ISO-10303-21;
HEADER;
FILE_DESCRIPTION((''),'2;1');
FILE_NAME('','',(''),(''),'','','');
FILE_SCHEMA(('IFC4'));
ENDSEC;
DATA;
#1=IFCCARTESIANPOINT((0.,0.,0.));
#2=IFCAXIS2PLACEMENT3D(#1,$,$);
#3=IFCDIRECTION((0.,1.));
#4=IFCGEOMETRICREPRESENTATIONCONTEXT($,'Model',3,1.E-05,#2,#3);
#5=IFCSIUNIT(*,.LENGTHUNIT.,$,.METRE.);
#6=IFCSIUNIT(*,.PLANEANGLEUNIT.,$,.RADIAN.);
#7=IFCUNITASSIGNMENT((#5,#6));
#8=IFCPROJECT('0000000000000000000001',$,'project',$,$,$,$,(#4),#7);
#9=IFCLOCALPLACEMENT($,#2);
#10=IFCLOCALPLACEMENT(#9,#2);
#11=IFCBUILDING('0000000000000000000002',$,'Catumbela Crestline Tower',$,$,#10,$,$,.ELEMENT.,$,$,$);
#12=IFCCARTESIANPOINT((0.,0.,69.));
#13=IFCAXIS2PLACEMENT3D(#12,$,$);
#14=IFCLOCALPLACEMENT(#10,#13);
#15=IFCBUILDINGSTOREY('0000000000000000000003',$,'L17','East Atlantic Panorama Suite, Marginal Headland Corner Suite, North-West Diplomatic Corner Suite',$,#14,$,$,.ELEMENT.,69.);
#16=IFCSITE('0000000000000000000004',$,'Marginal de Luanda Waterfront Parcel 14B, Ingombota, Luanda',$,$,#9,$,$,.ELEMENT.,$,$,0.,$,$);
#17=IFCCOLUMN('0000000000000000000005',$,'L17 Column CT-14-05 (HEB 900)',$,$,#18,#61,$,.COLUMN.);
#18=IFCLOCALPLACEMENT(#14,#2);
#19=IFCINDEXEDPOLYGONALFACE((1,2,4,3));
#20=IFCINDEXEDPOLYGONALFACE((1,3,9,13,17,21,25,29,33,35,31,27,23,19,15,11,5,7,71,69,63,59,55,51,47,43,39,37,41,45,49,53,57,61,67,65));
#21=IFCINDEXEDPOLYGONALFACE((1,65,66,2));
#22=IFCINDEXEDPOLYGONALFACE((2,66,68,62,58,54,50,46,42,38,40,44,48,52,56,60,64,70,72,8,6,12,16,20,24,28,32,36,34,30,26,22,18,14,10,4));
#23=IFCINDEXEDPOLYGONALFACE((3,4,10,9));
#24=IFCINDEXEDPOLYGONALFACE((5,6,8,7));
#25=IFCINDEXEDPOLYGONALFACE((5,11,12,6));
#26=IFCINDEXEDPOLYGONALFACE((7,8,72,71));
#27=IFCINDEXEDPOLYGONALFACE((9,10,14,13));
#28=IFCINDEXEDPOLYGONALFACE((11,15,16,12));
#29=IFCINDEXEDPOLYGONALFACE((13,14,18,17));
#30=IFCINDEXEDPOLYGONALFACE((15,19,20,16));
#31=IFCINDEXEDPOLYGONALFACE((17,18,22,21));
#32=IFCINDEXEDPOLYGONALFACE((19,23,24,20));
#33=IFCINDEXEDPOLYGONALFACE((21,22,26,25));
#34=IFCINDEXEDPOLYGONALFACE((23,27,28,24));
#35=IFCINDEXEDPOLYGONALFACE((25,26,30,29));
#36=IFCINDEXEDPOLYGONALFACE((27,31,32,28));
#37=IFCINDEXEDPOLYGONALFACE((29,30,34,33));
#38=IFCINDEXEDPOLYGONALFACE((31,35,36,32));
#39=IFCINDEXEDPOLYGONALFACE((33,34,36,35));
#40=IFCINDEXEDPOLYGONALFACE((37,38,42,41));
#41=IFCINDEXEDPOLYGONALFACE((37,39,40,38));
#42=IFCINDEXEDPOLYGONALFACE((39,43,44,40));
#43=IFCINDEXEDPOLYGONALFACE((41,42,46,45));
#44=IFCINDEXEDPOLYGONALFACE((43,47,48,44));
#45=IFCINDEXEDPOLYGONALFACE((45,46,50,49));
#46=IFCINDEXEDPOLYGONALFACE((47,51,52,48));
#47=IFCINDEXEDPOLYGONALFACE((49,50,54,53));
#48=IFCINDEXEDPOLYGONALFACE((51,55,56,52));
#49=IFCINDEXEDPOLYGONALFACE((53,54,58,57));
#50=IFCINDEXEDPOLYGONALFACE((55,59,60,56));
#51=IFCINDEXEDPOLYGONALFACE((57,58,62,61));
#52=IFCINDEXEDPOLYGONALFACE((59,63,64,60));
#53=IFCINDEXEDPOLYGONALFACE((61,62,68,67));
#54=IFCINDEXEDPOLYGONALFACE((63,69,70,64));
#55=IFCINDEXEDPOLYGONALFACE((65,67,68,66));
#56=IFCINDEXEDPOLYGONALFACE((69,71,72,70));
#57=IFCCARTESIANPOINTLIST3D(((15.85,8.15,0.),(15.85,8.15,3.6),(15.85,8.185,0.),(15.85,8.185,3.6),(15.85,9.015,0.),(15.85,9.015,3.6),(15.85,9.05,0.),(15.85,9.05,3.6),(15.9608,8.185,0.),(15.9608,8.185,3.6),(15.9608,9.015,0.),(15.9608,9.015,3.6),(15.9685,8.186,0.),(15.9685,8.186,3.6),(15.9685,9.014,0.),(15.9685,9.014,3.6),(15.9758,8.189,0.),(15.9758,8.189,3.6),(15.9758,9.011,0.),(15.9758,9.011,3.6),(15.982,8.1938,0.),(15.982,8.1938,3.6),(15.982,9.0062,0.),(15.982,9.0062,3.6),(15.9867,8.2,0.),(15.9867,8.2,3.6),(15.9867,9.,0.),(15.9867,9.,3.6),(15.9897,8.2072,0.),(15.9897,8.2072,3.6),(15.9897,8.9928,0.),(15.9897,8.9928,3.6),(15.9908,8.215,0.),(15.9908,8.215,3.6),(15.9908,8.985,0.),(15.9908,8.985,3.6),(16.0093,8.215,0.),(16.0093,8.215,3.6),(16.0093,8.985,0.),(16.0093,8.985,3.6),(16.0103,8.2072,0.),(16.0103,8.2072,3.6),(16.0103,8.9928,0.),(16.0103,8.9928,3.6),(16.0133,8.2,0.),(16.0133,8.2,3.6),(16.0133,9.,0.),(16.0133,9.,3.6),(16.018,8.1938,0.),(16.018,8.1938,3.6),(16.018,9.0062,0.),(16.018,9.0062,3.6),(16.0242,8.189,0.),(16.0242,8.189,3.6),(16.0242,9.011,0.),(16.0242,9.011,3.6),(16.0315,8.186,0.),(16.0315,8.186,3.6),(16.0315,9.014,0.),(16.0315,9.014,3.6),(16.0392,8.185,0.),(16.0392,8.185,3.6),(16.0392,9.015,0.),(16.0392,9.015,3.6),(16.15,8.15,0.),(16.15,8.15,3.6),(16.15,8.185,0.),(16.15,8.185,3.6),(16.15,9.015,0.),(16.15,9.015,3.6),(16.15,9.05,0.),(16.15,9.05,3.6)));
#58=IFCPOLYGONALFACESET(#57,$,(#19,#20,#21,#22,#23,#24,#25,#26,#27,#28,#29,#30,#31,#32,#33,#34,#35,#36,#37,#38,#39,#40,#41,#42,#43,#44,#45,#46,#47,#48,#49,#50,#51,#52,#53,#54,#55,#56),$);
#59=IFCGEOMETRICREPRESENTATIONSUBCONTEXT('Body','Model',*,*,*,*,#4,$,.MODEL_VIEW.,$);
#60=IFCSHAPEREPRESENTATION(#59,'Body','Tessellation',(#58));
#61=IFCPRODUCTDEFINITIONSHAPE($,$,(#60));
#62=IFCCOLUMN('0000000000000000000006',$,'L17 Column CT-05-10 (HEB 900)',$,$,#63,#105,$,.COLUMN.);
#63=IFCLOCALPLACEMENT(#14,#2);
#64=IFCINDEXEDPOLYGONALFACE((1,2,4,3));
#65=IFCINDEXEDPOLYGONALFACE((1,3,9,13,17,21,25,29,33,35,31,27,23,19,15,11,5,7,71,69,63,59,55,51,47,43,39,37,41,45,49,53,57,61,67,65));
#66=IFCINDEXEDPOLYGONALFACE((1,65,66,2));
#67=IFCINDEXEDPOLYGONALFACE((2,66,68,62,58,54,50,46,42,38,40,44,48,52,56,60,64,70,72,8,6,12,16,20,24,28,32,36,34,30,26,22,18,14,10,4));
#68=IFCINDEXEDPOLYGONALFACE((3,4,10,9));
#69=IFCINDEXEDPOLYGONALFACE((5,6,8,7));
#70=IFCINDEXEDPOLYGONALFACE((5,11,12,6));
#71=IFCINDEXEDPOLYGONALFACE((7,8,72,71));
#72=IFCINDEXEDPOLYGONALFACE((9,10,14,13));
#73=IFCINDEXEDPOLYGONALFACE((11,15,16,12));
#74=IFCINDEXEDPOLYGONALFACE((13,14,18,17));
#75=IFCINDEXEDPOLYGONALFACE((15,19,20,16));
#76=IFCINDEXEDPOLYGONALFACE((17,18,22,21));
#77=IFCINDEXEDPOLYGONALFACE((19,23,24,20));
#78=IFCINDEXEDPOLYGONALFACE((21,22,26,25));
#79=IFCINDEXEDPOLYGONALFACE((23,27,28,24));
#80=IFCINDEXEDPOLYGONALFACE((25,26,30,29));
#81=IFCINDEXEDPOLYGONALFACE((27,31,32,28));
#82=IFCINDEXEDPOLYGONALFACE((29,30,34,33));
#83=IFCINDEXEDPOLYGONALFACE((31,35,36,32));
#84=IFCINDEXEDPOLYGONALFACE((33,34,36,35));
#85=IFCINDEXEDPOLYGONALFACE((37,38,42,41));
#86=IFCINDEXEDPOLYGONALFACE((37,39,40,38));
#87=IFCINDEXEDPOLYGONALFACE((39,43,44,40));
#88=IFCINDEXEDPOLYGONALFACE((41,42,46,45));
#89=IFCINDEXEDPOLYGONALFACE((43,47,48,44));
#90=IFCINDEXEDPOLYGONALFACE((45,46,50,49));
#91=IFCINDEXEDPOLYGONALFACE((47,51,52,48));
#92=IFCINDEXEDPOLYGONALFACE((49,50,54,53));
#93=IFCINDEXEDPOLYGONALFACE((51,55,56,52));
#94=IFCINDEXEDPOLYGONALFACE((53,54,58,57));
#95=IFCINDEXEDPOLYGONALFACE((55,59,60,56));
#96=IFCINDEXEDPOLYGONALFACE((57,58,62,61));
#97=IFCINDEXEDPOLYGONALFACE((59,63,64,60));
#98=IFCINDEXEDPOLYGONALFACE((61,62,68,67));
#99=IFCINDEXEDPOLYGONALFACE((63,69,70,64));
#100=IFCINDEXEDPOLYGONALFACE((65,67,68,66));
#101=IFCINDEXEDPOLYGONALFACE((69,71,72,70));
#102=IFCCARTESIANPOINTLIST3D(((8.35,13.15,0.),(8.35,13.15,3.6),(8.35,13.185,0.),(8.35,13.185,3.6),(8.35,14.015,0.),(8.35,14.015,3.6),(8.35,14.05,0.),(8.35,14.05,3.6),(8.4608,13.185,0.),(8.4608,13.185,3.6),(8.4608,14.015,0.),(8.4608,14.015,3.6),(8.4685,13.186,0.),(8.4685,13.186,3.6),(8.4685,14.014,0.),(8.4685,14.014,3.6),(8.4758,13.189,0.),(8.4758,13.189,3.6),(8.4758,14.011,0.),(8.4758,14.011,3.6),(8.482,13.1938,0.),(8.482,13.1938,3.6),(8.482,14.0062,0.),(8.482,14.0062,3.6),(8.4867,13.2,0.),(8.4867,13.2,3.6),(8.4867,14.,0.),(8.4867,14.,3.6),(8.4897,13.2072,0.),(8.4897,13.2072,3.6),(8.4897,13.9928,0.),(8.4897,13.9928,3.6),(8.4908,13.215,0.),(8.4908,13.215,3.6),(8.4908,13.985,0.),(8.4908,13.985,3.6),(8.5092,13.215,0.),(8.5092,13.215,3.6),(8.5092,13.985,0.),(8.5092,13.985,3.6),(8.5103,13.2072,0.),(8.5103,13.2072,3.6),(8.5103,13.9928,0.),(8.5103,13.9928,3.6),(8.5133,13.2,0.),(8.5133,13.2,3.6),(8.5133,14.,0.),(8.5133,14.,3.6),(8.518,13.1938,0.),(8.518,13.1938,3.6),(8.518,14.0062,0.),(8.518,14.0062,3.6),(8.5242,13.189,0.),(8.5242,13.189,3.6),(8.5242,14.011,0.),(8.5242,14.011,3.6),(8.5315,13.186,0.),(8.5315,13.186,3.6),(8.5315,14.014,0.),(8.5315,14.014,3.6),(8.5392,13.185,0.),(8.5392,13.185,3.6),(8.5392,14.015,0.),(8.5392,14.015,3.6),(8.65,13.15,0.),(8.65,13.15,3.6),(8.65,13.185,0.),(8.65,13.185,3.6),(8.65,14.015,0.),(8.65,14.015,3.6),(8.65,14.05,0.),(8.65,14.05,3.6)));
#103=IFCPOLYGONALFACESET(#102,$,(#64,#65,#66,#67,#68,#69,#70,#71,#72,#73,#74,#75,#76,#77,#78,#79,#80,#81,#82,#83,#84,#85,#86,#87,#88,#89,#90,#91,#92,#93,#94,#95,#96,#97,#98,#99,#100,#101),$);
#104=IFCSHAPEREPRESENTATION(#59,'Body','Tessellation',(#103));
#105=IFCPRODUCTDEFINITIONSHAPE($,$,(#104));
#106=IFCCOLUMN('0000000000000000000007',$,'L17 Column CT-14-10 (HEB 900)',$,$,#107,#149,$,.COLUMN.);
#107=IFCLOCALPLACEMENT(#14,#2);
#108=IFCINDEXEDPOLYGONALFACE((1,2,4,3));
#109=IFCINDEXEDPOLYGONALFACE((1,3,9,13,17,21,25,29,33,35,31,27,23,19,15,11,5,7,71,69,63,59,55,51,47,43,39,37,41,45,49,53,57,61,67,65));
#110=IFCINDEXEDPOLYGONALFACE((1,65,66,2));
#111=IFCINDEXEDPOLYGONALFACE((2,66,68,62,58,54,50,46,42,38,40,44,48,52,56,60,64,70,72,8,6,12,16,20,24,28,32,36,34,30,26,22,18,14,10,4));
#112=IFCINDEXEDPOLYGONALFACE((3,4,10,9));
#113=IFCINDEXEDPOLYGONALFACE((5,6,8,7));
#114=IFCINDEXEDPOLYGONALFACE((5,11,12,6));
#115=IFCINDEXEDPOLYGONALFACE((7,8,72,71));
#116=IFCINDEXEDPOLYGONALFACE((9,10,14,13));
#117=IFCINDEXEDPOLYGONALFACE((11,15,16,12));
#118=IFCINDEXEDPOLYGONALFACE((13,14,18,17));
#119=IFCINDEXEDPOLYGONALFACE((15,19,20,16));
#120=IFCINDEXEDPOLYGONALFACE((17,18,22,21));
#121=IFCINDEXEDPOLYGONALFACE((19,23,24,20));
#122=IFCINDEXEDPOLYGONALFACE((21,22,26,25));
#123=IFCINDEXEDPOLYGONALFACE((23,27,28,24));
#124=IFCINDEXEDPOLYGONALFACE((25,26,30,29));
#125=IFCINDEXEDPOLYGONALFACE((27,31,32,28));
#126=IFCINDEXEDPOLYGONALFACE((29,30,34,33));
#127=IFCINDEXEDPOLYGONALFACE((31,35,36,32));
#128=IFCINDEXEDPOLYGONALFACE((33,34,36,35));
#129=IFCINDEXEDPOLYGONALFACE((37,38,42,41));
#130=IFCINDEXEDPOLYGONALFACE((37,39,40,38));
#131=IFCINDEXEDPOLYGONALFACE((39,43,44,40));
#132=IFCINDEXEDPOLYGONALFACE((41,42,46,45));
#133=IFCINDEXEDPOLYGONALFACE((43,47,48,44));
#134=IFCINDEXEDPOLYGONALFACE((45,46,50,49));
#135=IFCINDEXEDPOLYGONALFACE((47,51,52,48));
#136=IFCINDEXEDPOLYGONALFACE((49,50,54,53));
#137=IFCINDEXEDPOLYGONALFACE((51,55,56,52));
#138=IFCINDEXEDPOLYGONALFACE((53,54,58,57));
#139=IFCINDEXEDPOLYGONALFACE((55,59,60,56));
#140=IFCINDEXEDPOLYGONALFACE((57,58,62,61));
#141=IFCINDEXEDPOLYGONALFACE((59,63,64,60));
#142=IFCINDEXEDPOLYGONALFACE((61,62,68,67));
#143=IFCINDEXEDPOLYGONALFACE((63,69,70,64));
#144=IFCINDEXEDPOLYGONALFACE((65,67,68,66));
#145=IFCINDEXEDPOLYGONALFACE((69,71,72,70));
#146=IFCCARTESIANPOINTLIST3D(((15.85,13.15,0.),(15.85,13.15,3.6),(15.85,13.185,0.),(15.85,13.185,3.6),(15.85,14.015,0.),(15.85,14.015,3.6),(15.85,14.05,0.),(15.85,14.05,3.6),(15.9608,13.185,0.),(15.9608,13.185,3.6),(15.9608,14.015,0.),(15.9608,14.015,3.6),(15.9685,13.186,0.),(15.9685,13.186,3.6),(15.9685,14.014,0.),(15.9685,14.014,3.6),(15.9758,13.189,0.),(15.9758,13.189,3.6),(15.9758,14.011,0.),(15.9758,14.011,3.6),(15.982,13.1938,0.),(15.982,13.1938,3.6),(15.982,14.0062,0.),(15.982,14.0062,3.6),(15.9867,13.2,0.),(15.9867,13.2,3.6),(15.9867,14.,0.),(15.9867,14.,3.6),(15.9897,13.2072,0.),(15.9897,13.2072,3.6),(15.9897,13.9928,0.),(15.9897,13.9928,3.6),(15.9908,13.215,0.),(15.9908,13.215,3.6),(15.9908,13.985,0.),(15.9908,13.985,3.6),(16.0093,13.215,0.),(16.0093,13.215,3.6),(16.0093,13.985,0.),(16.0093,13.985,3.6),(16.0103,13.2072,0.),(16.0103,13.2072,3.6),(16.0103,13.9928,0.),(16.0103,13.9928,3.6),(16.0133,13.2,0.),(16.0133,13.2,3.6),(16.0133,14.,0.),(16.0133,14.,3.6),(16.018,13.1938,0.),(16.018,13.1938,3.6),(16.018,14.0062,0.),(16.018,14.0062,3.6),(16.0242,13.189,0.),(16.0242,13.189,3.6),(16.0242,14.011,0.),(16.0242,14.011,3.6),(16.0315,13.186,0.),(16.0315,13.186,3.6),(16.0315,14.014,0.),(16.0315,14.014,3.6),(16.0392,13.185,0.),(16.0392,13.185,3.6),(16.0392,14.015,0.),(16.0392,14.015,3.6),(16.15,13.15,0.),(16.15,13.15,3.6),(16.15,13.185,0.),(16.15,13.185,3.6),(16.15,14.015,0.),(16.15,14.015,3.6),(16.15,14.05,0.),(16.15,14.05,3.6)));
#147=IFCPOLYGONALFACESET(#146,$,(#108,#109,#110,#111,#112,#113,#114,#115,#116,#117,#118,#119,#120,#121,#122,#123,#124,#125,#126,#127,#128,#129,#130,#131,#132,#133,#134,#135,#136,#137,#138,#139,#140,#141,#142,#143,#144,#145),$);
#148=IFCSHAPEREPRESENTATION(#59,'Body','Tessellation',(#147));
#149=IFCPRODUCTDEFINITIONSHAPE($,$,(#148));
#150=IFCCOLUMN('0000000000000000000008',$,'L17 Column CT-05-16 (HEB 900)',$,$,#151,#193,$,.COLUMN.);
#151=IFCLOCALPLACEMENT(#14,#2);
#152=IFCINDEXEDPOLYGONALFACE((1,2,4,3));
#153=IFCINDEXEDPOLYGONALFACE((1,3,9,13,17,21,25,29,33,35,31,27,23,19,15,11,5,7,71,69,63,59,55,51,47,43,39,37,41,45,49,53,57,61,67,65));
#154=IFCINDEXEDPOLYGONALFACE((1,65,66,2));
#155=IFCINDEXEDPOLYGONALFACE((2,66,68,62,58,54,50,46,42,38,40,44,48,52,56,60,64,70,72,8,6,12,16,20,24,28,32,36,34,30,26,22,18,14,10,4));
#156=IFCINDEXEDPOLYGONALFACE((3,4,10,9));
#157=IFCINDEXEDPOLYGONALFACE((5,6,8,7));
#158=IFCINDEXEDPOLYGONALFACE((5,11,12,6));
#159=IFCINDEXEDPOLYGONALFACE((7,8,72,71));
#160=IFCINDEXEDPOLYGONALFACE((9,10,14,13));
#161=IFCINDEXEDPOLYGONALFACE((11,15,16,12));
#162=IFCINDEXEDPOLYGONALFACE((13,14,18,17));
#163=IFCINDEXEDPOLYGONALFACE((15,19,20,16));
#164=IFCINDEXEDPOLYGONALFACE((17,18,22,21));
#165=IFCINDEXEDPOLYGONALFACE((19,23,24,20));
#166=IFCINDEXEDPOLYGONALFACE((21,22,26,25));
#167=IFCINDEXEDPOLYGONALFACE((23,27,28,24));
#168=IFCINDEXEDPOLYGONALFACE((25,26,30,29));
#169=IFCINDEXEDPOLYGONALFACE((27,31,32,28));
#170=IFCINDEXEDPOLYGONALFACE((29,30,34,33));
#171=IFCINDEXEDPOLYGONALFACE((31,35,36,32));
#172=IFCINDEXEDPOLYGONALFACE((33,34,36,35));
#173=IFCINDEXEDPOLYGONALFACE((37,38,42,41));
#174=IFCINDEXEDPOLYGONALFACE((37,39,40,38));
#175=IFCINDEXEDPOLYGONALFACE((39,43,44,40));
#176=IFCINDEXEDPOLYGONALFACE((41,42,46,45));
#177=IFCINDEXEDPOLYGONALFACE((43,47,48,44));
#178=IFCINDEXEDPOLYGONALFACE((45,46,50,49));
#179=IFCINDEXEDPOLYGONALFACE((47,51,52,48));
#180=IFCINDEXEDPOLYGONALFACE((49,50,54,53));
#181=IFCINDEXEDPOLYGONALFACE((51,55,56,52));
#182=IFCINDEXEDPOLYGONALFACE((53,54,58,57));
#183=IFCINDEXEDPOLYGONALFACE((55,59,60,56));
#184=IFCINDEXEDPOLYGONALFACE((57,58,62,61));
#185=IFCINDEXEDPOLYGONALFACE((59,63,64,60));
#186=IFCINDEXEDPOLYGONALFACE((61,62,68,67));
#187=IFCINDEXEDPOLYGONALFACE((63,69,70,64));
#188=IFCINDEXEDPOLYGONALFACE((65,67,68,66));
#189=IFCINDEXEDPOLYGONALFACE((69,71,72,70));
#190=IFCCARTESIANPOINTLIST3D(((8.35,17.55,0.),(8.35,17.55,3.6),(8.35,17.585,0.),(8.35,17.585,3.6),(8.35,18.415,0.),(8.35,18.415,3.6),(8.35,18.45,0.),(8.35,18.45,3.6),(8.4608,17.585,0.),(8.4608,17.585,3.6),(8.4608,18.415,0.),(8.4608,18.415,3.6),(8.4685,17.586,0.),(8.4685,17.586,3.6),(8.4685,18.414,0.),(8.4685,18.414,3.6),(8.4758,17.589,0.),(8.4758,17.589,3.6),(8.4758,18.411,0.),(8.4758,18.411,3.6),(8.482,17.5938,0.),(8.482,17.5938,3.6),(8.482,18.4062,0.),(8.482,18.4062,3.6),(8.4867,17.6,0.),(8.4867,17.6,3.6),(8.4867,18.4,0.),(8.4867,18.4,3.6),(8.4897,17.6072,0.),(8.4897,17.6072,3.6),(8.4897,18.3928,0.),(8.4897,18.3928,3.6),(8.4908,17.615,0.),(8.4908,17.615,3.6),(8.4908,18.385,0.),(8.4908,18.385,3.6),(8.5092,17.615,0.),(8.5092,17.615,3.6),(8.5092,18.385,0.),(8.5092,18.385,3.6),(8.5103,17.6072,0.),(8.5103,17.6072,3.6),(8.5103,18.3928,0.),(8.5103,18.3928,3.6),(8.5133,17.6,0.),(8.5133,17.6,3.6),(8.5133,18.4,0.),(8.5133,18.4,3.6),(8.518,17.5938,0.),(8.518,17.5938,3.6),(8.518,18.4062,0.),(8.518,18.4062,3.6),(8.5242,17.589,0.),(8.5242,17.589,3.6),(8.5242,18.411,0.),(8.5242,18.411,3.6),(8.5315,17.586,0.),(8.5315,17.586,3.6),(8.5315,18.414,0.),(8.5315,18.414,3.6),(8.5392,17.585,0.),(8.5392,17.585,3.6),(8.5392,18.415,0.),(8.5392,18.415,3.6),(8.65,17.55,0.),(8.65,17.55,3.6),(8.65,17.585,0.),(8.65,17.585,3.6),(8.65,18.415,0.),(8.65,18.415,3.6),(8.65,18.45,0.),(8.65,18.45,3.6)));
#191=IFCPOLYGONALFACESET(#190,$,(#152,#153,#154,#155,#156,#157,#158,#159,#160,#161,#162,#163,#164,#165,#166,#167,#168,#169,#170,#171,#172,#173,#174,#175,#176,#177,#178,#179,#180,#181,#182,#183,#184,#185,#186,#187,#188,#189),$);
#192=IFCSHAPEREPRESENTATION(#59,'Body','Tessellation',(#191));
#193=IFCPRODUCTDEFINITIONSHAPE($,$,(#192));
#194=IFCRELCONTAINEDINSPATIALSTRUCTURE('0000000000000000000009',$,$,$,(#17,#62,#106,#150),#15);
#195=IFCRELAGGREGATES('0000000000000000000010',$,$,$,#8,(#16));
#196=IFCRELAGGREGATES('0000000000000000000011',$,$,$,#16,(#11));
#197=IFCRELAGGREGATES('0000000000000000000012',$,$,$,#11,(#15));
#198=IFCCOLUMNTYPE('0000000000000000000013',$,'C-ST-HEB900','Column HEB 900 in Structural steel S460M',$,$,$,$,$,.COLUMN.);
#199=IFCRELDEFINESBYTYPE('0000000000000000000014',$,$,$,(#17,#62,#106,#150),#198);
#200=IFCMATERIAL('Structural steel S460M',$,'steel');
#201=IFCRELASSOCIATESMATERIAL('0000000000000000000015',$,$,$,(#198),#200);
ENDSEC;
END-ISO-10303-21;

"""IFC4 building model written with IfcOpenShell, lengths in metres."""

from ifc_helpers import new_model, si_unit, direction, frame, origin, origin_2d, place, context, subcontext, project, spatial, i_section, extrude, material, material_profile, profile_set, type_object, element, save


model = new_model("IFC4")

# Units and contexts
model_context = context("Model", 3, precision=1e-05, world=origin(), true_north=direction((0.0, 1.0)))
body_context = subcontext(model_context, "Body", "Model", "MODEL_VIEW")
ifc_project = project(units=[si_unit("LENGTHUNIT", "METRE"), si_unit("PLANEANGLEUNIT", "RADIAN")], contexts=[model_context])

# Site, building, storey
site_placement = place(None, origin())
site = spatial("IfcSite", under=ifc_project, at=site_placement, Name="Marginal de Luanda Waterfront Parcel 14B, Ingombota, Luanda", CompositionType="ELEMENT", RefElevation=0.0)
building_placement = place(site_placement, origin())
building = spatial("IfcBuilding", under=site, at=building_placement, Name="Catumbela Crestline Tower", CompositionType="ELEMENT")
storey_placement = place(building_placement, frame((0.0, 0.0, 69.0)))
storey = spatial("IfcBuildingStorey", under=building, at=storey_placement, Name="L17", Description="East Atlantic Panorama Suite, Marginal Headland Corner Suite, North-West Diplomatic Corner Suite", CompositionType="ELEMENT", Elevation=69.0)

# Columns
ifc_material_1 = material(Name="Structural steel S460M", Category="steel")
ifc_material_profile_1 = material_profile(ifc_material_1, i_section(OverallWidth=0.3, OverallDepth=0.9, WebThickness=0.0185, FlangeThickness=0.035, FilletRadius=0.03, at=origin_2d()), Name="HEB 900")
ifc_profile_set_1 = profile_set([ifc_material_profile_1], Name="Structural steel S460M")
column_type = type_object("IfcColumnType", Name="C-ST-HEB900", Description="Column HEB 900 in Structural steel S460M", PredefinedType="COLUMN", material=ifc_profile_set_1)
for number, where, z_axis, x_axis, name in (
    (1, (16.0, 8.6, 0.0), (0.0, 0.0, 1.0), (1.0, 0.0, 0.0), "L17 Column CT-14-05 (HEB 900)"),
    (2, (8.5, 13.6, 0.0), (0.0, 0.0, 1.0), (1.0, 0.0, 0.0), "L17 Column CT-05-10 (HEB 900)"),
    (3, (16.0, 13.6, 0.0), (0.0, 0.0, 1.0), (1.0, 0.0, 0.0), "L17 Column CT-14-10 (HEB 900)"),
    (4, (8.5, 18.0, 0.0), (0.0, 0.0, 1.0), (1.0, 0.0, 0.0), "L17 Column CT-05-16 (HEB 900)"),
):
    element("IfcColumn", number, at=place(storey_placement, frame(where, z_axis=z_axis, x_axis=x_axis)), inside=storey, type_object=column_type, Name=name, PredefinedType="COLUMN", context=body_context, shape_type="SweptSolid", body=[
        extrude(i_section(OverallWidth=0.3, OverallDepth=0.9, WebThickness=0.0185, FlangeThickness=0.035, FilletRadius=0.03, at=origin_2d()), origin(), (0.0, 0.0, 1.0), 3.6),
    ])

save(model, "model.ifc")
